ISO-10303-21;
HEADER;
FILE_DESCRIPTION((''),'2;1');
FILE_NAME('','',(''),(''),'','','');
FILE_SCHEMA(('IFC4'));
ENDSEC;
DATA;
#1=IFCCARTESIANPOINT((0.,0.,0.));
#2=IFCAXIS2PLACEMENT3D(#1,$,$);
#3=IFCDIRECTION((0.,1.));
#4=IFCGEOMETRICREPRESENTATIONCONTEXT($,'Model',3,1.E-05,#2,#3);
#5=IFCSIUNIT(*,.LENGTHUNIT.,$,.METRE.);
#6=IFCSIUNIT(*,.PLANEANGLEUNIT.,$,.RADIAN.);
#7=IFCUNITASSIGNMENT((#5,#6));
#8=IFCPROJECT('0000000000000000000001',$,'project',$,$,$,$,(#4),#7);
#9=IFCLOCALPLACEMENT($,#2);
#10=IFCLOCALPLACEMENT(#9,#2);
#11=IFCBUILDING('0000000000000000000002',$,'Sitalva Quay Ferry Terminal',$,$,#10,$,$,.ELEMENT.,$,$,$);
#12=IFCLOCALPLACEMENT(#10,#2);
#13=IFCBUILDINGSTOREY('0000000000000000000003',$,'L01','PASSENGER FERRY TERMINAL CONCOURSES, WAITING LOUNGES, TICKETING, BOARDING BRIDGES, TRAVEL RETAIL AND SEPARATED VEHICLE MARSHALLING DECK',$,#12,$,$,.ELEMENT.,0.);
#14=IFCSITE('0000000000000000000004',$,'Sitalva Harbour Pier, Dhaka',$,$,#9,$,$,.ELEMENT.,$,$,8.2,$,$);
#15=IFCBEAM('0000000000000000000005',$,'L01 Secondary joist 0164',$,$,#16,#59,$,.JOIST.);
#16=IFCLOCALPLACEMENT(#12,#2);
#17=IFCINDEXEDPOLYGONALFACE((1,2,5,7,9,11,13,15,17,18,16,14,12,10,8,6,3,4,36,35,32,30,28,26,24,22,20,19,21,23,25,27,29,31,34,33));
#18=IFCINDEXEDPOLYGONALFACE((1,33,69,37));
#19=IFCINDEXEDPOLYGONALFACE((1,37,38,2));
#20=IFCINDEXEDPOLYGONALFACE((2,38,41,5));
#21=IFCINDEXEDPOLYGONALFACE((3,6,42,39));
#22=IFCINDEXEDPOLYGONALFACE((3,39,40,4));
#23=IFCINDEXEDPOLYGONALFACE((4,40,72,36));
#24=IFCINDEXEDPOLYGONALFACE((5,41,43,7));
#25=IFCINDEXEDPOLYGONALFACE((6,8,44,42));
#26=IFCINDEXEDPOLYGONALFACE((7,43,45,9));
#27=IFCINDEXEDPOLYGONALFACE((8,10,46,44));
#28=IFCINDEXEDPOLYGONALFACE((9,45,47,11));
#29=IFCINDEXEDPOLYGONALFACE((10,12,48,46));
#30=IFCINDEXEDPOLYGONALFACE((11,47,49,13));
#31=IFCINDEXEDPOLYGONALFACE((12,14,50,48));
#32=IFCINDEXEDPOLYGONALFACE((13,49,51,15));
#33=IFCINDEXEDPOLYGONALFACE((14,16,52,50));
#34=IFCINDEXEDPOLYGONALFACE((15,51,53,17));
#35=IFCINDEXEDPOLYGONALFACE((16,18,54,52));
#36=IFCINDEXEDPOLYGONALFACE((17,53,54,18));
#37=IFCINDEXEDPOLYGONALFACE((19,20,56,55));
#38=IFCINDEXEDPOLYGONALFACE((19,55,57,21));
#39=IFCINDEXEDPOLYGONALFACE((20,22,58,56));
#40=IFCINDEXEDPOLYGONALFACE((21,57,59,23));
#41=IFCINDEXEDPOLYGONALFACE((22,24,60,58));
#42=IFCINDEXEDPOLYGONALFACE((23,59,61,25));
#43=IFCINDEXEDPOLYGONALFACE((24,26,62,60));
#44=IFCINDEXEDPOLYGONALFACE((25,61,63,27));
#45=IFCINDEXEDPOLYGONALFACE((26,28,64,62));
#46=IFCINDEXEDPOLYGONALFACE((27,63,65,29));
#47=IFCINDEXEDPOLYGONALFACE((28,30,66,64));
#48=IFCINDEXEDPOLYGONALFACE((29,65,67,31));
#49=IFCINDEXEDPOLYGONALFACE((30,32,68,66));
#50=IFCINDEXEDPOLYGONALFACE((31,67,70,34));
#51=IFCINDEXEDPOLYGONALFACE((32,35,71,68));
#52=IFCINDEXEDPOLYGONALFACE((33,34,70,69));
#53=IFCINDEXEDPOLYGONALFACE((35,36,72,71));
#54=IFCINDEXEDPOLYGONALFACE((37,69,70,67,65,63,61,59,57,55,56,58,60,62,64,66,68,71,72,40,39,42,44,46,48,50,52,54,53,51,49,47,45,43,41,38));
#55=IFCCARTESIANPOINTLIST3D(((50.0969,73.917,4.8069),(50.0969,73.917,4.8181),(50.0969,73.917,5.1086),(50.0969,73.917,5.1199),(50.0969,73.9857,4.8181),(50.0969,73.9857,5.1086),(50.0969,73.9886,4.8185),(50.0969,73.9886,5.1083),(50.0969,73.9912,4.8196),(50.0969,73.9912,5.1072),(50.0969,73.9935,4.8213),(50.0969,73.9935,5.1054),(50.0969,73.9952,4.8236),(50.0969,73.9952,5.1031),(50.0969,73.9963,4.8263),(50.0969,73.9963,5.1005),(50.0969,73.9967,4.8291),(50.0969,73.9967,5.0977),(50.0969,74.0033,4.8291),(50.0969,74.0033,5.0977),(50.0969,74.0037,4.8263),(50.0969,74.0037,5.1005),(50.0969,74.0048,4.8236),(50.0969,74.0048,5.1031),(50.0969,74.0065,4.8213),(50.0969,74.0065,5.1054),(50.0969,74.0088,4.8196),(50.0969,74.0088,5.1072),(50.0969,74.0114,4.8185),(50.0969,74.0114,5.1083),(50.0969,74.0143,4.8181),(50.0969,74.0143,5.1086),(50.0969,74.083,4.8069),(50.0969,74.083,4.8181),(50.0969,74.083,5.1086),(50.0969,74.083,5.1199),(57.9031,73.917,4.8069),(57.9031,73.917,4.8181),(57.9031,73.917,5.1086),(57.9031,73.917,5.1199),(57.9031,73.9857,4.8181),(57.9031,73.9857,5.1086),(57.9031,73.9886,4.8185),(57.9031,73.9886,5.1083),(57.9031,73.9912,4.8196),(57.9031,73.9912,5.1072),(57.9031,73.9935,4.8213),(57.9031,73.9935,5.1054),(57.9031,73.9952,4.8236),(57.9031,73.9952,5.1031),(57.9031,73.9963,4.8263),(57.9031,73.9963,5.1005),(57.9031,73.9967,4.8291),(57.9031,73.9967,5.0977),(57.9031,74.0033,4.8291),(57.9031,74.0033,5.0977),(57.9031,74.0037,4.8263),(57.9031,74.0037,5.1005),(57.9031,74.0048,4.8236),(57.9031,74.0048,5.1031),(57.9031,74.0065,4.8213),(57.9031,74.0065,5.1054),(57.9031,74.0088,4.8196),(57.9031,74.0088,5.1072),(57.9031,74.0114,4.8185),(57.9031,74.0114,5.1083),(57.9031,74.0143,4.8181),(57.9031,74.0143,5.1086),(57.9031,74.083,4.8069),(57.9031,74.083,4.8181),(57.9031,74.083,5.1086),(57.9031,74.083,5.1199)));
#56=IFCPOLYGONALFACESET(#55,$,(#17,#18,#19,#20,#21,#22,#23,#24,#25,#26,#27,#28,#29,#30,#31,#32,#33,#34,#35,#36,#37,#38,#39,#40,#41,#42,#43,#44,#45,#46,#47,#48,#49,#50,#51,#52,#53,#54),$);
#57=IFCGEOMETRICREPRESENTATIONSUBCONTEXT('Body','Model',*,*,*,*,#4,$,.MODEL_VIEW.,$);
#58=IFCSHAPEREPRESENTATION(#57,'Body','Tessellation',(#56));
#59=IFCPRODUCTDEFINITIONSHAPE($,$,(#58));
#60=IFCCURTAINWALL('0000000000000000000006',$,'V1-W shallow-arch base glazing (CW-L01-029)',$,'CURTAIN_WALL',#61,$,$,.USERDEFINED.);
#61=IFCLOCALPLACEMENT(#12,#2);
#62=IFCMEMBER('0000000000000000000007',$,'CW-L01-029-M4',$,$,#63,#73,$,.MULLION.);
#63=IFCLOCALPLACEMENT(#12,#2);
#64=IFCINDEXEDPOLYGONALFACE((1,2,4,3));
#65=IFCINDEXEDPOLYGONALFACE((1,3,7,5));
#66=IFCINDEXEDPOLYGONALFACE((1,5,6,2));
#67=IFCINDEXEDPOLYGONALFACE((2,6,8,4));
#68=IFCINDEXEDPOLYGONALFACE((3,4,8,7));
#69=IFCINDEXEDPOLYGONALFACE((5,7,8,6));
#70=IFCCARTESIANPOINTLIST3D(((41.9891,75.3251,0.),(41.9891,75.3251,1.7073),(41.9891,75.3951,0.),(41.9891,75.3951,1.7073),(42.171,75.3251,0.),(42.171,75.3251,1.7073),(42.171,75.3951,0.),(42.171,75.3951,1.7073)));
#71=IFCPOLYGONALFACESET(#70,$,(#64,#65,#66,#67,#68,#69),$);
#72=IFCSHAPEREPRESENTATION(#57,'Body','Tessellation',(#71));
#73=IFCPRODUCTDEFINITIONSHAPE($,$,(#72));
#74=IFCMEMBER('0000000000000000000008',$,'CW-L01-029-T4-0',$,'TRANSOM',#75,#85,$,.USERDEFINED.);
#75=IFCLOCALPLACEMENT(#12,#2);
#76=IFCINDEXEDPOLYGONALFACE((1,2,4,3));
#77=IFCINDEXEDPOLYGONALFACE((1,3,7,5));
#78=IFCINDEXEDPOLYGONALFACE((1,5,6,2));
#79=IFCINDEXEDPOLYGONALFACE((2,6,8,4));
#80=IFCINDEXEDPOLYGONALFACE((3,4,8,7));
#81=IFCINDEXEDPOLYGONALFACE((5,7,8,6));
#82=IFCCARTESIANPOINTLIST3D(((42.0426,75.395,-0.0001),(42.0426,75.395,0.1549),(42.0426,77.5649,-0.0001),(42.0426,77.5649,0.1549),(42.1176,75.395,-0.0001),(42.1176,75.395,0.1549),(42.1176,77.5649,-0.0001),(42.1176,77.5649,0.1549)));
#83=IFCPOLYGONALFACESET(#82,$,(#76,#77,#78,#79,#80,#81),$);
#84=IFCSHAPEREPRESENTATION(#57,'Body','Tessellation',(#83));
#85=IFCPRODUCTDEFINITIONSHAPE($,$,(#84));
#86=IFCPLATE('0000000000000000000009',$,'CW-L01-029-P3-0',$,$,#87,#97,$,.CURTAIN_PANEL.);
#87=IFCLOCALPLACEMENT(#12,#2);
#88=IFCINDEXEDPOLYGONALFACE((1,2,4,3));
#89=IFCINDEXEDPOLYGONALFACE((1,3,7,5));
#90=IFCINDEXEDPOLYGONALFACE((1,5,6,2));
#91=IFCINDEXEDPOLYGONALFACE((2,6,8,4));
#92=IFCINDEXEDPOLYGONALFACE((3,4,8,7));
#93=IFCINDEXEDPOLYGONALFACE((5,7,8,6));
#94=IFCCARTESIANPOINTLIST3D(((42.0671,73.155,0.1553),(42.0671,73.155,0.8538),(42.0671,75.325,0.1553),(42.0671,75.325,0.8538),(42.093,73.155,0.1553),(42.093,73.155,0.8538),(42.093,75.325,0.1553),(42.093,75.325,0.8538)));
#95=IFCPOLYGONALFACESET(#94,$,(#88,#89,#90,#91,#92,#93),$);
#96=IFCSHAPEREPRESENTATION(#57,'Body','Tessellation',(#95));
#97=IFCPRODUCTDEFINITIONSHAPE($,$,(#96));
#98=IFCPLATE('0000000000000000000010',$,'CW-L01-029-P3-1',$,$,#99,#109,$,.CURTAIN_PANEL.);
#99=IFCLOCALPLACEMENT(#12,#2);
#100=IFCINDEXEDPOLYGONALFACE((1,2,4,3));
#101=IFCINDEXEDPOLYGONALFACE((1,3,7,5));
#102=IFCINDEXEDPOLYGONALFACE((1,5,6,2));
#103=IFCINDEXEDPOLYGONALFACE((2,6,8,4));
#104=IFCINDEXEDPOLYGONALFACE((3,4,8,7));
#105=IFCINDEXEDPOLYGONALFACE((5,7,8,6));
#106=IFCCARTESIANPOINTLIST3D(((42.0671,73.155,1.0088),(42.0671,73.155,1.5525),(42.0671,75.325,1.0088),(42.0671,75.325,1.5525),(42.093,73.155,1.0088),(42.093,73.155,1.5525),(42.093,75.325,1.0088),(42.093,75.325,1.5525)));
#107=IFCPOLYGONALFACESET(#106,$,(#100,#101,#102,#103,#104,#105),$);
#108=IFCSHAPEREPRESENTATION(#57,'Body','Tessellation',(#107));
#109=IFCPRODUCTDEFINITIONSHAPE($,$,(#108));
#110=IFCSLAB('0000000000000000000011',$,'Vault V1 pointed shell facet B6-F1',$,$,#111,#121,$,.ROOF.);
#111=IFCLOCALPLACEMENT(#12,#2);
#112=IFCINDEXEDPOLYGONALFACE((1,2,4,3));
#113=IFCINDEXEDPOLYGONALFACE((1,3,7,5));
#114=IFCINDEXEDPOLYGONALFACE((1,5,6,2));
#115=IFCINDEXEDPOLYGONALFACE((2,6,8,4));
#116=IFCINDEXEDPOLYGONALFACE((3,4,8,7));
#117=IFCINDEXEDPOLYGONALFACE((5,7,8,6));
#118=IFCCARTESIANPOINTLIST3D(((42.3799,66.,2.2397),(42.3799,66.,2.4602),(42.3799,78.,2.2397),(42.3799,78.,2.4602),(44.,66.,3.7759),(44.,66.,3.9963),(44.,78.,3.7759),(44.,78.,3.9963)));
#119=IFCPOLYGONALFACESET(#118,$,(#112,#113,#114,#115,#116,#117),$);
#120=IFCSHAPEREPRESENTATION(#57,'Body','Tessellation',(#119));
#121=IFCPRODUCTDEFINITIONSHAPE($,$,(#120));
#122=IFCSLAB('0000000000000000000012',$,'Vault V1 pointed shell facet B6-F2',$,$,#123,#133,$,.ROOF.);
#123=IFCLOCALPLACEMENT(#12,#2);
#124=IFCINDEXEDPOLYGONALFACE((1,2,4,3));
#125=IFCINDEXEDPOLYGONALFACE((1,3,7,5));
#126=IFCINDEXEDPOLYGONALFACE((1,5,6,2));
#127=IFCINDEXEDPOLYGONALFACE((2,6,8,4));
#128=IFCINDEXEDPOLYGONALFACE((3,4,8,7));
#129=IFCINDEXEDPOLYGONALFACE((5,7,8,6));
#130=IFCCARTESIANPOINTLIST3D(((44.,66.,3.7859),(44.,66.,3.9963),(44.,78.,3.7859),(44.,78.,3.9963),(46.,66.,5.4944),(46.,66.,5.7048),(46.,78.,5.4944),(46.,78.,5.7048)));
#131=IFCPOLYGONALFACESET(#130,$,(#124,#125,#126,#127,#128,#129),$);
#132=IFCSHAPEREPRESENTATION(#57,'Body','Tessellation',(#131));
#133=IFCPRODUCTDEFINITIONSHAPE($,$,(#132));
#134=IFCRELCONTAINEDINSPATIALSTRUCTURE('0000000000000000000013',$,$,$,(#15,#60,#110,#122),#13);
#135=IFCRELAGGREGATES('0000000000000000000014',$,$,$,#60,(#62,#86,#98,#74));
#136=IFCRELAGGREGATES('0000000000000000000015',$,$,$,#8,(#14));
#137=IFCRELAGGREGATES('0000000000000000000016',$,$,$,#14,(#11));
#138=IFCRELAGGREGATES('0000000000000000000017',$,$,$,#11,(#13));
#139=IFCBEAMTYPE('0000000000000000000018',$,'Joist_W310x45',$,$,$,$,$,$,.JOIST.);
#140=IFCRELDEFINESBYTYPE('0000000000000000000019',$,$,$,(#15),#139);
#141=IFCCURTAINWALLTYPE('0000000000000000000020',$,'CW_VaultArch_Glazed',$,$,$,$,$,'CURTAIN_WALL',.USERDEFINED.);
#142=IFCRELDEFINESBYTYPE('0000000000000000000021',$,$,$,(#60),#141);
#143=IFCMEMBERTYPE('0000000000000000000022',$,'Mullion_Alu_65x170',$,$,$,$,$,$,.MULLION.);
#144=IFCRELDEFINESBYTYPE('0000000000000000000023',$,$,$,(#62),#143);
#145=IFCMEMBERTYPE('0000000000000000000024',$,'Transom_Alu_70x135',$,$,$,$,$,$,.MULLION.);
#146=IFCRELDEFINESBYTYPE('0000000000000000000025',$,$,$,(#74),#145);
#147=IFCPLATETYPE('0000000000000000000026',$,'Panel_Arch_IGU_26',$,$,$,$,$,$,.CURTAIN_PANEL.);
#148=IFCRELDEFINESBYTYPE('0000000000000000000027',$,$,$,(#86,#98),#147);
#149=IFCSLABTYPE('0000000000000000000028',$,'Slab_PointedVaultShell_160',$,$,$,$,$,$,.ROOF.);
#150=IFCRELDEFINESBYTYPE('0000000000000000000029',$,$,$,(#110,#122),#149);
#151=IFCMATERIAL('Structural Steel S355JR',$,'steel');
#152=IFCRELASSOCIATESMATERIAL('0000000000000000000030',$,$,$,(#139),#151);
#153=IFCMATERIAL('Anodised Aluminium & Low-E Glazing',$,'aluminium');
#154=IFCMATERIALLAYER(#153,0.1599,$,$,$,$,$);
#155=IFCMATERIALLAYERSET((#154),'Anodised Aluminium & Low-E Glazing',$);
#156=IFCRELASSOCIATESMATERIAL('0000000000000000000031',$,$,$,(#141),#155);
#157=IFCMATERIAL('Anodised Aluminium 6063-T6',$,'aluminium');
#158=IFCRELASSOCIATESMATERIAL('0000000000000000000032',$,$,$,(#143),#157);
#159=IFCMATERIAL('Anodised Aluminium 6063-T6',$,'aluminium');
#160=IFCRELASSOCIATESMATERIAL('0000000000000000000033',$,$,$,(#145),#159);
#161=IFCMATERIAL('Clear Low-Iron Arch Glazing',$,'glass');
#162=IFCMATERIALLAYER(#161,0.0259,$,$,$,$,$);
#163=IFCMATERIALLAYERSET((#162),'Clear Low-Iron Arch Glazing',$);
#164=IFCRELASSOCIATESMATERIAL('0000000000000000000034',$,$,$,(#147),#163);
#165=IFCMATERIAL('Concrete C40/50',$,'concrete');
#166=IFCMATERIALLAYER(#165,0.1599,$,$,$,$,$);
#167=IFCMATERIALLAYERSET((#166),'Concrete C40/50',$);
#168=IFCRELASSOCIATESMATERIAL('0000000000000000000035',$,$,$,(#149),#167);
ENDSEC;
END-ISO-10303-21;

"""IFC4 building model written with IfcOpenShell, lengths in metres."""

from ifc_helpers import new_model, si_unit, direction, frame, origin, origin_2d, place, context, subcontext, project, spatial, polyline, rectangle, i_section, outline, extrude, material, layer, layer_set, material_profile, profile_set, type_object, element, aggregate, save


model = new_model("IFC4")

# Units and contexts
model_context = context("Model", 3, precision=1e-05, world=origin(), true_north=direction((0.0, 1.0)))
body_context = subcontext(model_context, "Body", "Model", "MODEL_VIEW")
ifc_project = project(units=[si_unit("LENGTHUNIT", "METRE"), si_unit("PLANEANGLEUNIT", "RADIAN")], contexts=[model_context])

# Site, building, storey
site_placement = place(None, origin())
site = spatial("IfcSite", under=ifc_project, at=site_placement, Name="Sitalva Harbour Pier, Dhaka", CompositionType="ELEMENT", RefElevation=8.2)
building_placement = place(site_placement, origin())
building = spatial("IfcBuilding", under=site, at=building_placement, Name="Sitalva Quay Ferry Terminal", CompositionType="ELEMENT")
storey_placement = place(building_placement, origin())
storey = spatial("IfcBuildingStorey", under=building, at=storey_placement, Name="L01", Description="PASSENGER FERRY TERMINAL CONCOURSES, WAITING LOUNGES, TICKETING, BOARDING BRIDGES, TRAVEL RETAIL AND SEPARATED VEHICLE MARSHALLING DECK", CompositionType="ELEMENT", Elevation=0.0)

# Beam
ifc_material_1 = material(Name="Structural Steel S355JR", Category="steel")
ifc_material_profile_1 = material_profile(ifc_material_1, i_section(OverallWidth=0.166, OverallDepth=0.313, WebThickness=0.0066, FlangeThickness=0.0112, FilletRadius=0.011, at=origin_2d()), Name="W310x45")
ifc_profile_set_1 = profile_set([ifc_material_profile_1], Name="Structural Steel S355JR")
beam_type_1 = type_object("IfcBeamType", Name="Joist_W310x45", PredefinedType="JOIST", material=ifc_profile_set_1)
for number, where, z_axis, x_axis, name in (
    (1, (50.0969, 74.0, 4.9634), (1.0, 0.0, 0.0), (0.0, 1.0, 0.0), "L01 Secondary joist 0164"),
):
    element("IfcBeam", number, at=place(storey_placement, frame(where, z_axis=z_axis, x_axis=x_axis)), inside=storey, type_object=beam_type_1, Name=name, PredefinedType="JOIST", context=body_context, shape_type="SweptSolid", body=[
        extrude(i_section(OverallWidth=0.166, OverallDepth=0.313, WebThickness=0.0066, FlangeThickness=0.0112, FilletRadius=0.011, at=origin_2d()), origin(), (0.0, 0.0, 1.0), 7.8062),
    ])

# Curtain wall, members, plates
ifc_material_2 = material(Name="Anodised Aluminium & Low-E Glazing", Category="aluminium")
ifc_layer_1 = layer(ifc_material_2, 0.1599)
ifc_layer_set_1 = layer_set([ifc_layer_1], Name="Anodised Aluminium & Low-E Glazing")
curtain_wall_type = type_object("IfcCurtainWallType", Name="CW_VaultArch_Glazed", ElementType="CURTAIN_WALL", PredefinedType="USERDEFINED", material=ifc_layer_set_1)
curtain_wall_placement = place(storey_placement, origin())
curtain_wall = element("IfcCurtainWall", 2, at=curtain_wall_placement, inside=storey, type_object=curtain_wall_type, Name="V1-W shallow-arch base glazing (CW-L01-029)", ObjectType="CURTAIN_WALL", PredefinedType="USERDEFINED")
ifc_material_3 = material(Name="Anodised Aluminium 6063-T6", Category="aluminium")
ifc_material_profile_2 = material_profile(ifc_material_3, rectangle(XDim=0.0701, YDim=0.1819, at=origin_2d()), Name="ALU70x182")
ifc_profile_set_2 = profile_set([ifc_material_profile_2], Name="Anodised Aluminium 6063-T6")
member_type_1 = type_object("IfcMemberType", Name="Mullion_Alu_65x170", PredefinedType="MULLION", material=ifc_profile_set_2)
member_1_placement = place(storey_placement, frame((42.0801, 75.3601, 0.0), z_axis=(0.0, 0.0, 1.0), x_axis=(0.0, 1.0, 0.0)))
member_1 = element("IfcMember", 3, at=member_1_placement, type_object=member_type_1, Name="CW-L01-029-M4", PredefinedType="MULLION", context=body_context, shape_type="SweptSolid", body=[
    extrude(rectangle(XDim=0.0701, YDim=0.1819, at=origin_2d()), origin(), (0.0, 0.0, 1.0), 1.7073),
])
ifc_material_4 = material(Name="Anodised Aluminium 6063-T6", Category="aluminium")
ifc_material_profile_3 = material_profile(ifc_material_4, rectangle(XDim=0.075, YDim=0.155, at=origin_2d()), Name="ALU75x155")
ifc_profile_set_3 = profile_set([ifc_material_profile_3], Name="Anodised Aluminium 6063-T6")
member_type_2 = type_object("IfcMemberType", Name="Transom_Alu_70x135", PredefinedType="MULLION", material=ifc_profile_set_3)
member_2_placement = place(storey_placement, frame((42.0801, 75.395, 0.0774), z_axis=(0.0, 1.0, 0.0), x_axis=(-1.0, 0.0, 0.0)))
member_2 = element("IfcMember", 4, at=member_2_placement, type_object=member_type_2, Name="CW-L01-029-T4-0", ObjectType="TRANSOM", PredefinedType="USERDEFINED", context=body_context, shape_type="SweptSolid", body=[
    extrude(rectangle(XDim=0.075, YDim=0.155, at=origin_2d()), origin(), (0.0, 0.0, 1.0), 2.1699),
])
ifc_material_5 = material(Name="Clear Low-Iron Arch Glazing", Category="glass")
ifc_layer_2 = layer(ifc_material_5, 0.0259)
ifc_layer_set_2 = layer_set([ifc_layer_2], Name="Clear Low-Iron Arch Glazing")
plate_type = type_object("IfcPlateType", Name="Panel_Arch_IGU_26", PredefinedType="CURTAIN_PANEL", material=ifc_layer_set_2)
plate_1_placement = place(storey_placement, frame((42.0801, 74.24, 0.1553), z_axis=(0.0, 0.0, 1.0), x_axis=(0.0, 1.0, 0.0)))
plate_1 = element("IfcPlate", 5, at=plate_1_placement, type_object=plate_type, Name="CW-L01-029-P3-0", PredefinedType="CURTAIN_PANEL", context=body_context, shape_type="SweptSolid", body=[
    extrude(rectangle(XDim=2.1699, YDim=0.0259, at=origin_2d()), origin(), (0.0, 0.0, 1.0), 0.6985),
])
plate_2_placement = place(storey_placement, frame((42.0801, 74.24, 1.0088), z_axis=(0.0, 0.0, 1.0), x_axis=(0.0, 1.0, 0.0)))
plate_2 = element("IfcPlate", 6, at=plate_2_placement, type_object=plate_type, Name="CW-L01-029-P3-1", PredefinedType="CURTAIN_PANEL", context=body_context, shape_type="SweptSolid", body=[
    extrude(rectangle(XDim=2.1699, YDim=0.0259, at=origin_2d()), origin(), (0.0, 0.0, 1.0), 0.5437),
])
aggregate(curtain_wall, [member_1, plate_1, plate_2, member_2])

# Slabs
ifc_material_6 = material(Name="Concrete C40/50", Category="concrete")
ifc_layer_3 = layer(ifc_material_6, 0.1599)
ifc_layer_set_3 = layer_set([ifc_layer_3], Name="Concrete C40/50")
slab_type = type_object("IfcSlabType", Name="Slab_PointedVaultShell_160", PredefinedType="ROOF", material=ifc_layer_set_3)
slab_1_placement = place(storey_placement, frame((42.3799, 66.0, 2.4602), z_axis=(-0.688048, 0.0, 0.725665), x_axis=(0.725665, 0.0, 0.688048)))
element("IfcSlab", 7, at=slab_1_placement, inside=storey, type_object=slab_type, Name="Vault V1 pointed shell facet B6-F1", PredefinedType="ROOF", context=body_context, shape_type="SweptSolid", body=[
    extrude(outline(polyline([(0.0, 0.0), (2.2326, 0.0), (2.2326, 12.0), (0.0, 12.0), (0.0, 0.0)])), origin(), (-0.688048, 0.0, -0.725665), 0.2205),
])
slab_2_placement = place(storey_placement, frame((44.0, 66.0, 3.9963), z_axis=(-0.649522, 0.0, 0.760343), x_axis=(0.760343, 0.0, 0.649522)))
element("IfcSlab", 8, at=slab_2_placement, inside=storey, type_object=slab_type, Name="Vault V1 pointed shell facet B6-F2", PredefinedType="ROOF", context=body_context, shape_type="SweptSolid", body=[
    extrude(outline(polyline([(0.0, 0.0), (2.6304, 0.0), (2.6304, 12.0), (0.0, 12.0), (0.0, 0.0)])), origin(), (-0.649522, 0.0, -0.760343), 0.2104),
])

save(model, "model.ifc")
